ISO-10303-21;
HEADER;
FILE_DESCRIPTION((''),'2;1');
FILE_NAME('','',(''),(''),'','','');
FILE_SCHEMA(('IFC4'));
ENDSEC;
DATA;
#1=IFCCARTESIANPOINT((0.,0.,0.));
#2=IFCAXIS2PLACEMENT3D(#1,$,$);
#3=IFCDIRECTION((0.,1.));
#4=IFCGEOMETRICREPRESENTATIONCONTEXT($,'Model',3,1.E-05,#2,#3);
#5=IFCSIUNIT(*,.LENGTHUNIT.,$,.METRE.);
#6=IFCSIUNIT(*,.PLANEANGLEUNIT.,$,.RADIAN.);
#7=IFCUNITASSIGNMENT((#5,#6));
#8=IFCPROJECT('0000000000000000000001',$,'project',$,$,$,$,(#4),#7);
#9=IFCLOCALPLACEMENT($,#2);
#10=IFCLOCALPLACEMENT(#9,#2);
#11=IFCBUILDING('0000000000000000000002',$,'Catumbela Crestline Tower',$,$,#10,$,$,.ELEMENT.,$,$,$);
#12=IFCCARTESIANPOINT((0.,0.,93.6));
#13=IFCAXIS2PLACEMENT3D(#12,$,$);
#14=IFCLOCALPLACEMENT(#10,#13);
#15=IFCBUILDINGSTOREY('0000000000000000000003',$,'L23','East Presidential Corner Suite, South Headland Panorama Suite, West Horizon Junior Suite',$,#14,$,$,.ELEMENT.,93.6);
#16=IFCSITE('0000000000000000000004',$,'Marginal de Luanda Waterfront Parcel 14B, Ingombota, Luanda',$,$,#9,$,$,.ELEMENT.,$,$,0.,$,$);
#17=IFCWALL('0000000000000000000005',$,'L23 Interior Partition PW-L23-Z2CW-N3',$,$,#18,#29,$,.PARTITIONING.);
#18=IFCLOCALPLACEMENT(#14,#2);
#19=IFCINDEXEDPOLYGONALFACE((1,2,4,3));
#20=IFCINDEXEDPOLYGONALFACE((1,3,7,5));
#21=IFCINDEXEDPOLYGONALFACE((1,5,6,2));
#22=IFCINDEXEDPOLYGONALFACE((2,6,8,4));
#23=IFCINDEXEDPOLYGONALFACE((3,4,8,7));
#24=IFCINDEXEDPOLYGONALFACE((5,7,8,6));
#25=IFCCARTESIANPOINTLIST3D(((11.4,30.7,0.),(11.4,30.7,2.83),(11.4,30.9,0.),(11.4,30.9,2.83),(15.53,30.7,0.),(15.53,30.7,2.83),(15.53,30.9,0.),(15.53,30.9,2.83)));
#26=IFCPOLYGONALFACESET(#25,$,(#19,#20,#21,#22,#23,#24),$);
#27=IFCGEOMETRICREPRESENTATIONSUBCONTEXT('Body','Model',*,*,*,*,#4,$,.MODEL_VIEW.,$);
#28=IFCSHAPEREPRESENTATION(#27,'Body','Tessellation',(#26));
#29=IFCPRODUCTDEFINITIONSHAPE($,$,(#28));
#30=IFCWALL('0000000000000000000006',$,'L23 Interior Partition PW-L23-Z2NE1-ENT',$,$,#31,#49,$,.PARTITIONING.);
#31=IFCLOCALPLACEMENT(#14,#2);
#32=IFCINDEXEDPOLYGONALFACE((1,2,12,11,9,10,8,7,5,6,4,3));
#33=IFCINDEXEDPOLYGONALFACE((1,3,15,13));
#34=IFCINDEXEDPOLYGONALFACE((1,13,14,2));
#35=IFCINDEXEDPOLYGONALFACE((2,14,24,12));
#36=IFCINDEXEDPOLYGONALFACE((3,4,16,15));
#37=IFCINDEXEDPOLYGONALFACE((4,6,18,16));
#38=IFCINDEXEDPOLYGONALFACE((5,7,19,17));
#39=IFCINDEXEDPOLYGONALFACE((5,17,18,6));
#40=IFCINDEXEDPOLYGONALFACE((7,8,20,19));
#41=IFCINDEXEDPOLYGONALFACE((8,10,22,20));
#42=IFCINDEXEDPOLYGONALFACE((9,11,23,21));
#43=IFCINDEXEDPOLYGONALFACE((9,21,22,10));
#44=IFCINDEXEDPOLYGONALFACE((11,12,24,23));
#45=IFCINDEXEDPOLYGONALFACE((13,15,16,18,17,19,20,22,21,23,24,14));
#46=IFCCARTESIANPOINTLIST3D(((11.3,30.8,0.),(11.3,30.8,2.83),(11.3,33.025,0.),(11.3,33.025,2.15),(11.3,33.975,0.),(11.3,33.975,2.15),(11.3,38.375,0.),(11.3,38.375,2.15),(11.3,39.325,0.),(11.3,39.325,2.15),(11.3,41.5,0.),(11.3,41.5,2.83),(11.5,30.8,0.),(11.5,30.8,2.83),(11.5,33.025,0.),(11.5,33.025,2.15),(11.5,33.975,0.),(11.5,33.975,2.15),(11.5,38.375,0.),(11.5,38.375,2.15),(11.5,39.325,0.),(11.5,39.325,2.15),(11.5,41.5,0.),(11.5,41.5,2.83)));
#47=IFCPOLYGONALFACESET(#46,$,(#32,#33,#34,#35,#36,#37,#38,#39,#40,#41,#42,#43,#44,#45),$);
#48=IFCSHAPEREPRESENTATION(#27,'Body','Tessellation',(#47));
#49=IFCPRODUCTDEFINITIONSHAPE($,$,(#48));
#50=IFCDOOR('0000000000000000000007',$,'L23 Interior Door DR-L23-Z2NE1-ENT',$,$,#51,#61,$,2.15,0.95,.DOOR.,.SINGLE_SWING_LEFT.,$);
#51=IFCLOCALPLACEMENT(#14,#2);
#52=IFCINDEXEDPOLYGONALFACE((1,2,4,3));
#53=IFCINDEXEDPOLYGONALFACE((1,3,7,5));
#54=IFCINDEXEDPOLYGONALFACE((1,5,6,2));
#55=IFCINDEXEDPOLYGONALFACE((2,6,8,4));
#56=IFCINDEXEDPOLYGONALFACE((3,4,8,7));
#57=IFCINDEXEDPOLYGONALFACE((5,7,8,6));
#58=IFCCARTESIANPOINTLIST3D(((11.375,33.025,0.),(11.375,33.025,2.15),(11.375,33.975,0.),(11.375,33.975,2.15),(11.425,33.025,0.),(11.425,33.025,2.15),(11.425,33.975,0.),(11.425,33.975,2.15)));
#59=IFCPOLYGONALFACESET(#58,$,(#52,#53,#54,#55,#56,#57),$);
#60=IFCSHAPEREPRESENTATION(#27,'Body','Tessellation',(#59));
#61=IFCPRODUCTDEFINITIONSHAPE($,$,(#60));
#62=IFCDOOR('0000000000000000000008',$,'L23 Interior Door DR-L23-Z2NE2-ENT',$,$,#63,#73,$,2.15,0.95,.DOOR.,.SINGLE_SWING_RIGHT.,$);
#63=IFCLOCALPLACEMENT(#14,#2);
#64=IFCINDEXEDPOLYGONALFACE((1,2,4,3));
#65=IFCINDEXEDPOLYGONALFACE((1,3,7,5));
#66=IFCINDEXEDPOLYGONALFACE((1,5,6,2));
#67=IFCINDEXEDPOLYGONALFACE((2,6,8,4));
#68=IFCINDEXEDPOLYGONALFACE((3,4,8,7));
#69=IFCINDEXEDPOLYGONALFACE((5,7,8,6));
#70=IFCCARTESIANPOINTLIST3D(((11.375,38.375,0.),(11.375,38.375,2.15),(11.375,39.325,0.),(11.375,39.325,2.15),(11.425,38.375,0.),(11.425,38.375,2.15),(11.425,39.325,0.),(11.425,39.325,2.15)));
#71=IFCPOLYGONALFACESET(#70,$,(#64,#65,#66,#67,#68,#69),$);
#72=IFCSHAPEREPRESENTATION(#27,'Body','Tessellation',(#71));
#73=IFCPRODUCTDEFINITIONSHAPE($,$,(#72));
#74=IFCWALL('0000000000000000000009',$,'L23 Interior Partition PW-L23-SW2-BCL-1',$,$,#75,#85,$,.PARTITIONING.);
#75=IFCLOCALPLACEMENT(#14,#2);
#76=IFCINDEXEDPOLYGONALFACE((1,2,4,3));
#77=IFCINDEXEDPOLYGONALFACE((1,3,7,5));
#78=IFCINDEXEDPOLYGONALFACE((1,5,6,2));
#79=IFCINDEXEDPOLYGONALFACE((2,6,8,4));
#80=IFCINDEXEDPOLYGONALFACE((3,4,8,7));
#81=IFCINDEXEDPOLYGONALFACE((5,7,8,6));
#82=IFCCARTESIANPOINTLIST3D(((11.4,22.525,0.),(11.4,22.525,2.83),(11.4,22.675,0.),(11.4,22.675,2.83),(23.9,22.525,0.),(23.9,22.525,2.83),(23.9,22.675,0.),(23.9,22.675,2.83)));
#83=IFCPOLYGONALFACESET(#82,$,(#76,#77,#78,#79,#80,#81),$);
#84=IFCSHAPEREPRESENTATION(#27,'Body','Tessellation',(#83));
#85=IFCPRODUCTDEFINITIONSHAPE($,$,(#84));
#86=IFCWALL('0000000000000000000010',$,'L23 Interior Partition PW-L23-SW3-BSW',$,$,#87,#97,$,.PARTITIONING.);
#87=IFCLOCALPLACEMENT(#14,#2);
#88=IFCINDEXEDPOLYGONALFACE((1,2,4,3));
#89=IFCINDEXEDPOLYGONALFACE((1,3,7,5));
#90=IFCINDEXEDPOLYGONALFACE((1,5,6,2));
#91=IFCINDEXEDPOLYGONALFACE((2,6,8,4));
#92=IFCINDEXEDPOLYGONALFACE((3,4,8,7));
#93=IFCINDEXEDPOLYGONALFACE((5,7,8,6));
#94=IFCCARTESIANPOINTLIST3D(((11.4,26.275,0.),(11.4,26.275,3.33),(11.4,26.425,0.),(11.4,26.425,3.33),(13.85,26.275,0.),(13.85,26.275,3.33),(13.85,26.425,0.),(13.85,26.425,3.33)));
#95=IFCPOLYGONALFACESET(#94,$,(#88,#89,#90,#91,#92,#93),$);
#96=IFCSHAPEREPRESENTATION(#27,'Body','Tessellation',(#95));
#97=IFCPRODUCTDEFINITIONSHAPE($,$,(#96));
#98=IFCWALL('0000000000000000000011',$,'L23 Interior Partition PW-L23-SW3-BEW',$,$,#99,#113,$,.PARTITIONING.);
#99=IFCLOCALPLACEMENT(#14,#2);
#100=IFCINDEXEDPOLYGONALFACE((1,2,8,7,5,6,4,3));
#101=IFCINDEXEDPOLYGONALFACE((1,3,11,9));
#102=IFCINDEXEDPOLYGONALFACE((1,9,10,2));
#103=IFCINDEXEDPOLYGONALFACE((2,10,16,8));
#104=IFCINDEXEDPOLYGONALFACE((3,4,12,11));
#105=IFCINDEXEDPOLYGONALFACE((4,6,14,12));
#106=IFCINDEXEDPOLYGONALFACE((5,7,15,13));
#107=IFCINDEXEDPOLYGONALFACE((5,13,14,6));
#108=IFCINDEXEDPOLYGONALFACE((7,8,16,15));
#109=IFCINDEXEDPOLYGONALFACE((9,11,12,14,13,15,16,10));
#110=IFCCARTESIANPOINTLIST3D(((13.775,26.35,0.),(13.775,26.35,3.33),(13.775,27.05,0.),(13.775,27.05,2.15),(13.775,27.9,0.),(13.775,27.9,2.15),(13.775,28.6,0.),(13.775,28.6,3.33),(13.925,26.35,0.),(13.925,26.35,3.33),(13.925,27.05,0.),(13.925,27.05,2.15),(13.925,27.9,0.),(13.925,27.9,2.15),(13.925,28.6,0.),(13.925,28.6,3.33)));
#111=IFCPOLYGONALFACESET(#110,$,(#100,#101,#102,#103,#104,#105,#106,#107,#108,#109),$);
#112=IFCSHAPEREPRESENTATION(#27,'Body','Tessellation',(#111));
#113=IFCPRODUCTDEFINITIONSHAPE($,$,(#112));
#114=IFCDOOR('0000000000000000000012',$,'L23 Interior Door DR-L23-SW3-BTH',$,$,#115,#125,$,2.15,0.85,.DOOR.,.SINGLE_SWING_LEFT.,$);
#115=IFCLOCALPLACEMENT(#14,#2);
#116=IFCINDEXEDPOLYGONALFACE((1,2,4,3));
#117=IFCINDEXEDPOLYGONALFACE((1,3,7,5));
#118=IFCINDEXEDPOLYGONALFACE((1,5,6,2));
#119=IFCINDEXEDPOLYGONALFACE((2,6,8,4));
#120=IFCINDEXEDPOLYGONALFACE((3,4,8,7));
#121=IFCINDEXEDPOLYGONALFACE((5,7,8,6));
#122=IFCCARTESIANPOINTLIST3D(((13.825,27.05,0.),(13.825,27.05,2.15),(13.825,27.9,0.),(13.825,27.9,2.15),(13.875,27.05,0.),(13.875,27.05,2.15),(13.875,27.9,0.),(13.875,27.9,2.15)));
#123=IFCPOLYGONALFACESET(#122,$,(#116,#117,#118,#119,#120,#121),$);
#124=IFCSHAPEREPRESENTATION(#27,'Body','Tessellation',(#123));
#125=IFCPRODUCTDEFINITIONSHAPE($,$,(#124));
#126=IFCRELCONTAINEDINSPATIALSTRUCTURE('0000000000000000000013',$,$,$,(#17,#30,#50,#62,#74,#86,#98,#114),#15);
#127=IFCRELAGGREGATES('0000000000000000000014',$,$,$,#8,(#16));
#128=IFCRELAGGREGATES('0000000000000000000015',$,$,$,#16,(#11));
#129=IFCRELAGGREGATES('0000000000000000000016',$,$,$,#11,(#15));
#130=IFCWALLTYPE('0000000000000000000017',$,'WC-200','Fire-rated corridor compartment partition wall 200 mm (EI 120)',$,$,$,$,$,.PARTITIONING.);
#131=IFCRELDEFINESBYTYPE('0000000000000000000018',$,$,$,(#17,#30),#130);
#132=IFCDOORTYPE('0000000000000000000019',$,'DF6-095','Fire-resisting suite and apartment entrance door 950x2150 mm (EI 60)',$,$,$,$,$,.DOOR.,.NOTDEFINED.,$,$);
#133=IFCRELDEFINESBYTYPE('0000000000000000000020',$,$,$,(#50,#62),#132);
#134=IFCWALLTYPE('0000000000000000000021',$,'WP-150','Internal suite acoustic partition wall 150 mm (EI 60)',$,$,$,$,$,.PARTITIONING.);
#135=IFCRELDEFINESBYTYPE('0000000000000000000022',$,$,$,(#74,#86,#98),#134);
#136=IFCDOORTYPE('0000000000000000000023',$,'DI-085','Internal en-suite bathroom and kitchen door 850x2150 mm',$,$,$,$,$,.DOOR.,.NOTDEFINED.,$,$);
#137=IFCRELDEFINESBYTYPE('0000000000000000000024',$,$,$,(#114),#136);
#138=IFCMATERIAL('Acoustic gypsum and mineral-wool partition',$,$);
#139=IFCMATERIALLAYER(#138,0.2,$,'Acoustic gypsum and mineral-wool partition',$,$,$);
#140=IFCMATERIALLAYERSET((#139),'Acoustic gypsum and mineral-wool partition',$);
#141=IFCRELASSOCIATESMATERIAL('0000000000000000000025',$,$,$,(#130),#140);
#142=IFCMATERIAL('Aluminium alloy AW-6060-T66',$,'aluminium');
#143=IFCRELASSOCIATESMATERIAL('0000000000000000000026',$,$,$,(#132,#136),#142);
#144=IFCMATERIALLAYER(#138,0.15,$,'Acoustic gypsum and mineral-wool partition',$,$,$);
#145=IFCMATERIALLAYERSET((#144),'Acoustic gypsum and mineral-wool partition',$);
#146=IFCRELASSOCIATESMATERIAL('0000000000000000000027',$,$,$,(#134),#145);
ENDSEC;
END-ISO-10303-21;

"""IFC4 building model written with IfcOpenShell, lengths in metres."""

from ifc_helpers import new_model, si_unit, direction, frame, frame_2d, origin, place, context, subcontext, project, spatial, rectangle, extrude, material, layer, layer_set, type_object, element, fill, save


model = new_model("IFC4")

# Units and contexts
model_context = context("Model", 3, precision=1e-05, world=origin(), true_north=direction((0.0, 1.0)))
body_context = subcontext(model_context, "Body", "Model", "MODEL_VIEW")
ifc_project = project(units=[si_unit("LENGTHUNIT", "METRE"), si_unit("PLANEANGLEUNIT", "RADIAN")], contexts=[model_context])

# Site, building, storey
site_placement = place(None, origin())
site = spatial("IfcSite", under=ifc_project, at=site_placement, Name="Marginal de Luanda Waterfront Parcel 14B, Ingombota, Luanda", CompositionType="ELEMENT", RefElevation=0.0)
building_placement = place(site_placement, origin())
building = spatial("IfcBuilding", under=site, at=building_placement, Name="Catumbela Crestline Tower", CompositionType="ELEMENT")
storey_placement = place(building_placement, frame((0.0, 0.0, 93.6)))
storey = spatial("IfcBuildingStorey", under=building, at=storey_placement, Name="L23", Description="East Presidential Corner Suite, South Headland Panorama Suite, West Horizon Junior Suite", CompositionType="ELEMENT", Elevation=93.6)

# Shared definitions
ifc_material_1 = material(Name="Acoustic gypsum and mineral-wool partition")
ifc_layer_1 = layer(ifc_material_1, 0.2, Name="Acoustic gypsum and mineral-wool partition")
ifc_layer_set_1 = layer_set([ifc_layer_1], Name="Acoustic gypsum and mineral-wool partition")
wall_type_1 = type_object("IfcWallType", Name="WC-200", Description="Fire-rated corridor compartment partition wall 200 mm (EI 120)", PredefinedType="PARTITIONING", material=ifc_layer_set_1)
ifc_material_2 = material(Name="Aluminium alloy AW-6060-T66", Category="aluminium")
door_type_1 = type_object("IfcDoorType", Name="DF6-095", Description="Fire-resisting suite and apartment entrance door 950x2150 mm (EI 60)", OperationType="NOTDEFINED", PredefinedType="DOOR", material=ifc_material_2)

# Wall
wall_1_placement = place(storey_placement, frame((11.4, 30.8, 0.0), z_axis=(0.0, 0.0, 1.0), x_axis=(1.0, 0.0, 0.0)))
element("IfcWall", 1, at=wall_1_placement, inside=storey, type_object=wall_type_1, Name="L23 Interior Partition PW-L23-Z2CW-N3", PredefinedType="PARTITIONING", context=body_context, shape_type="SweptSolid", body=[
    extrude(rectangle(XDim=4.13, YDim=0.2, at=frame_2d((2.065, 0.0))), origin(), (0.0, 0.0, 1.0), 2.83),
])

# Wall, openings, doors
wall_2_placement = place(storey_placement, frame((11.4, 30.8, 0.0), z_axis=(0.0, 0.0, 1.0), x_axis=(0.0, 1.0, 0.0)))
wall_2 = element("IfcWall", 2, at=wall_2_placement, inside=storey, type_object=wall_type_1, Name="L23 Interior Partition PW-L23-Z2NE1-ENT", PredefinedType="PARTITIONING", context=body_context, shape_type="SweptSolid", body=[
    extrude(rectangle(XDim=10.7, YDim=0.2, at=frame_2d((5.35, 0.0))), origin(), (0.0, 0.0, 1.0), 2.83),
])
opening_1_placement = place(wall_2_placement, frame((2.225, 0.0, 0.0)))
opening_1 = element("IfcOpeningElement", 3, at=opening_1_placement, cuts=wall_2, PredefinedType="OPENING", context=body_context, shape_type="SweptSolid", body=[
    extrude(rectangle(XDim=0.95, YDim=2.15, at=frame_2d((0.475, 1.075))), frame((0.0, 0.11, 0.0), z_axis=(0.0, -1.0, 0.0), x_axis=(1.0, 0.0, 0.0)), (0.0, 0.0, 1.0), 0.22),
])
opening_2_placement = place(wall_2_placement, frame((7.575, 0.0, 0.0)))
opening_2 = element("IfcOpeningElement", 4, at=opening_2_placement, cuts=wall_2, PredefinedType="OPENING", context=body_context, shape_type="SweptSolid", body=[
    extrude(rectangle(XDim=0.95, YDim=2.15, at=frame_2d((0.475, 1.075))), frame((0.0, 0.11, 0.0), z_axis=(0.0, -1.0, 0.0), x_axis=(1.0, 0.0, 0.0)), (0.0, 0.0, 1.0), 0.22),
])
door_1_placement = place(opening_1_placement, origin())
door_1 = element("IfcDoor", 5, at=door_1_placement, inside=storey, type_object=door_type_1, Name="L23 Interior Door DR-L23-Z2NE1-ENT", OperationType="SINGLE_SWING_LEFT", OverallHeight=2.15, OverallWidth=0.95, PredefinedType="DOOR", context=body_context, shape_type="SweptSolid", body=[
    extrude(rectangle(XDim=0.95, YDim=2.15, at=frame_2d((0.475, 1.075))), frame((0.0, 0.025, 0.0), z_axis=(0.0, -1.0, 0.0), x_axis=(1.0, 0.0, 0.0)), (0.0, 0.0, 1.0), 0.05),
])
fill(opening_1, door_1)
door_2_placement = place(opening_2_placement, origin())
door_2 = element("IfcDoor", 6, at=door_2_placement, inside=storey, type_object=door_type_1, Name="L23 Interior Door DR-L23-Z2NE2-ENT", OperationType="SINGLE_SWING_RIGHT", OverallHeight=2.15, OverallWidth=0.95, PredefinedType="DOOR", context=body_context, shape_type="SweptSolid", body=[
    extrude(rectangle(XDim=0.95, YDim=2.15, at=frame_2d((0.475, 1.075))), frame((0.0, 0.025, 0.0), z_axis=(0.0, -1.0, 0.0), x_axis=(1.0, 0.0, 0.0)), (0.0, 0.0, 1.0), 0.05),
])
fill(opening_2, door_2)

# Walls
ifc_layer_2 = layer(ifc_material_1, 0.15, Name="Acoustic gypsum and mineral-wool partition")
ifc_layer_set_2 = layer_set([ifc_layer_2], Name="Acoustic gypsum and mineral-wool partition")
wall_type_2 = type_object("IfcWallType", Name="WP-150", Description="Internal suite acoustic partition wall 150 mm (EI 60)", PredefinedType="PARTITIONING", material=ifc_layer_set_2)
wall_3_placement = place(storey_placement, frame((11.4, 22.6, 0.0), z_axis=(0.0, 0.0, 1.0), x_axis=(1.0, 0.0, 0.0)))
element("IfcWall", 7, at=wall_3_placement, inside=storey, type_object=wall_type_2, Name="L23 Interior Partition PW-L23-SW2-BCL-1", PredefinedType="PARTITIONING", context=body_context, shape_type="SweptSolid", body=[
    extrude(rectangle(XDim=12.5, YDim=0.15, at=frame_2d((6.25, 0.0))), origin(), (0.0, 0.0, 1.0), 2.83),
])
wall_4_placement = place(storey_placement, frame((11.4, 26.35, 0.0), z_axis=(0.0, 0.0, 1.0), x_axis=(1.0, 0.0, 0.0)))
element("IfcWall", 8, at=wall_4_placement, inside=storey, type_object=wall_type_2, Name="L23 Interior Partition PW-L23-SW3-BSW", PredefinedType="PARTITIONING", context=body_context, shape_type="SweptSolid", body=[
    extrude(rectangle(XDim=2.45, YDim=0.15, at=frame_2d((1.225, 0.0))), origin(), (0.0, 0.0, 1.0), 3.33),
])

# Wall, opening, door
wall_5_placement = place(storey_placement, frame((13.85, 26.35, 0.0), z_axis=(0.0, 0.0, 1.0), x_axis=(0.0, 1.0, 0.0)))
wall_5 = element("IfcWall", 9, at=wall_5_placement, inside=storey, type_object=wall_type_2, Name="L23 Interior Partition PW-L23-SW3-BEW", PredefinedType="PARTITIONING", context=body_context, shape_type="SweptSolid", body=[
    extrude(rectangle(XDim=2.25, YDim=0.15, at=frame_2d((1.125, 0.0))), origin(), (0.0, 0.0, 1.0), 3.33),
])
opening_3_placement = place(wall_5_placement, frame((0.7, 0.0, 0.0)))
opening_3 = element("IfcOpeningElement", 10, at=opening_3_placement, cuts=wall_5, PredefinedType="OPENING", context=body_context, shape_type="SweptSolid", body=[
    extrude(rectangle(XDim=0.85, YDim=2.15, at=frame_2d((0.425, 1.075))), frame((0.0, 0.085, 0.0), z_axis=(0.0, -1.0, 0.0), x_axis=(1.0, 0.0, 0.0)), (0.0, 0.0, 1.0), 0.17),
])
door_type_2 = type_object("IfcDoorType", Name="DI-085", Description="Internal en-suite bathroom and kitchen door 850x2150 mm", OperationType="NOTDEFINED", PredefinedType="DOOR", material=ifc_material_2)
door_3_placement = place(opening_3_placement, origin())
door_3 = element("IfcDoor", 11, at=door_3_placement, inside=storey, type_object=door_type_2, Name="L23 Interior Door DR-L23-SW3-BTH", OperationType="SINGLE_SWING_LEFT", OverallHeight=2.15, OverallWidth=0.85, PredefinedType="DOOR", context=body_context, shape_type="SweptSolid", body=[
    extrude(rectangle(XDim=0.85, YDim=2.15, at=frame_2d((0.425, 1.075))), frame((0.0, 0.025, 0.0), z_axis=(0.0, -1.0, 0.0), x_axis=(1.0, 0.0, 0.0)), (0.0, 0.0, 1.0), 0.05),
])
fill(opening_3, door_3)

save(model, "model.ifc")
